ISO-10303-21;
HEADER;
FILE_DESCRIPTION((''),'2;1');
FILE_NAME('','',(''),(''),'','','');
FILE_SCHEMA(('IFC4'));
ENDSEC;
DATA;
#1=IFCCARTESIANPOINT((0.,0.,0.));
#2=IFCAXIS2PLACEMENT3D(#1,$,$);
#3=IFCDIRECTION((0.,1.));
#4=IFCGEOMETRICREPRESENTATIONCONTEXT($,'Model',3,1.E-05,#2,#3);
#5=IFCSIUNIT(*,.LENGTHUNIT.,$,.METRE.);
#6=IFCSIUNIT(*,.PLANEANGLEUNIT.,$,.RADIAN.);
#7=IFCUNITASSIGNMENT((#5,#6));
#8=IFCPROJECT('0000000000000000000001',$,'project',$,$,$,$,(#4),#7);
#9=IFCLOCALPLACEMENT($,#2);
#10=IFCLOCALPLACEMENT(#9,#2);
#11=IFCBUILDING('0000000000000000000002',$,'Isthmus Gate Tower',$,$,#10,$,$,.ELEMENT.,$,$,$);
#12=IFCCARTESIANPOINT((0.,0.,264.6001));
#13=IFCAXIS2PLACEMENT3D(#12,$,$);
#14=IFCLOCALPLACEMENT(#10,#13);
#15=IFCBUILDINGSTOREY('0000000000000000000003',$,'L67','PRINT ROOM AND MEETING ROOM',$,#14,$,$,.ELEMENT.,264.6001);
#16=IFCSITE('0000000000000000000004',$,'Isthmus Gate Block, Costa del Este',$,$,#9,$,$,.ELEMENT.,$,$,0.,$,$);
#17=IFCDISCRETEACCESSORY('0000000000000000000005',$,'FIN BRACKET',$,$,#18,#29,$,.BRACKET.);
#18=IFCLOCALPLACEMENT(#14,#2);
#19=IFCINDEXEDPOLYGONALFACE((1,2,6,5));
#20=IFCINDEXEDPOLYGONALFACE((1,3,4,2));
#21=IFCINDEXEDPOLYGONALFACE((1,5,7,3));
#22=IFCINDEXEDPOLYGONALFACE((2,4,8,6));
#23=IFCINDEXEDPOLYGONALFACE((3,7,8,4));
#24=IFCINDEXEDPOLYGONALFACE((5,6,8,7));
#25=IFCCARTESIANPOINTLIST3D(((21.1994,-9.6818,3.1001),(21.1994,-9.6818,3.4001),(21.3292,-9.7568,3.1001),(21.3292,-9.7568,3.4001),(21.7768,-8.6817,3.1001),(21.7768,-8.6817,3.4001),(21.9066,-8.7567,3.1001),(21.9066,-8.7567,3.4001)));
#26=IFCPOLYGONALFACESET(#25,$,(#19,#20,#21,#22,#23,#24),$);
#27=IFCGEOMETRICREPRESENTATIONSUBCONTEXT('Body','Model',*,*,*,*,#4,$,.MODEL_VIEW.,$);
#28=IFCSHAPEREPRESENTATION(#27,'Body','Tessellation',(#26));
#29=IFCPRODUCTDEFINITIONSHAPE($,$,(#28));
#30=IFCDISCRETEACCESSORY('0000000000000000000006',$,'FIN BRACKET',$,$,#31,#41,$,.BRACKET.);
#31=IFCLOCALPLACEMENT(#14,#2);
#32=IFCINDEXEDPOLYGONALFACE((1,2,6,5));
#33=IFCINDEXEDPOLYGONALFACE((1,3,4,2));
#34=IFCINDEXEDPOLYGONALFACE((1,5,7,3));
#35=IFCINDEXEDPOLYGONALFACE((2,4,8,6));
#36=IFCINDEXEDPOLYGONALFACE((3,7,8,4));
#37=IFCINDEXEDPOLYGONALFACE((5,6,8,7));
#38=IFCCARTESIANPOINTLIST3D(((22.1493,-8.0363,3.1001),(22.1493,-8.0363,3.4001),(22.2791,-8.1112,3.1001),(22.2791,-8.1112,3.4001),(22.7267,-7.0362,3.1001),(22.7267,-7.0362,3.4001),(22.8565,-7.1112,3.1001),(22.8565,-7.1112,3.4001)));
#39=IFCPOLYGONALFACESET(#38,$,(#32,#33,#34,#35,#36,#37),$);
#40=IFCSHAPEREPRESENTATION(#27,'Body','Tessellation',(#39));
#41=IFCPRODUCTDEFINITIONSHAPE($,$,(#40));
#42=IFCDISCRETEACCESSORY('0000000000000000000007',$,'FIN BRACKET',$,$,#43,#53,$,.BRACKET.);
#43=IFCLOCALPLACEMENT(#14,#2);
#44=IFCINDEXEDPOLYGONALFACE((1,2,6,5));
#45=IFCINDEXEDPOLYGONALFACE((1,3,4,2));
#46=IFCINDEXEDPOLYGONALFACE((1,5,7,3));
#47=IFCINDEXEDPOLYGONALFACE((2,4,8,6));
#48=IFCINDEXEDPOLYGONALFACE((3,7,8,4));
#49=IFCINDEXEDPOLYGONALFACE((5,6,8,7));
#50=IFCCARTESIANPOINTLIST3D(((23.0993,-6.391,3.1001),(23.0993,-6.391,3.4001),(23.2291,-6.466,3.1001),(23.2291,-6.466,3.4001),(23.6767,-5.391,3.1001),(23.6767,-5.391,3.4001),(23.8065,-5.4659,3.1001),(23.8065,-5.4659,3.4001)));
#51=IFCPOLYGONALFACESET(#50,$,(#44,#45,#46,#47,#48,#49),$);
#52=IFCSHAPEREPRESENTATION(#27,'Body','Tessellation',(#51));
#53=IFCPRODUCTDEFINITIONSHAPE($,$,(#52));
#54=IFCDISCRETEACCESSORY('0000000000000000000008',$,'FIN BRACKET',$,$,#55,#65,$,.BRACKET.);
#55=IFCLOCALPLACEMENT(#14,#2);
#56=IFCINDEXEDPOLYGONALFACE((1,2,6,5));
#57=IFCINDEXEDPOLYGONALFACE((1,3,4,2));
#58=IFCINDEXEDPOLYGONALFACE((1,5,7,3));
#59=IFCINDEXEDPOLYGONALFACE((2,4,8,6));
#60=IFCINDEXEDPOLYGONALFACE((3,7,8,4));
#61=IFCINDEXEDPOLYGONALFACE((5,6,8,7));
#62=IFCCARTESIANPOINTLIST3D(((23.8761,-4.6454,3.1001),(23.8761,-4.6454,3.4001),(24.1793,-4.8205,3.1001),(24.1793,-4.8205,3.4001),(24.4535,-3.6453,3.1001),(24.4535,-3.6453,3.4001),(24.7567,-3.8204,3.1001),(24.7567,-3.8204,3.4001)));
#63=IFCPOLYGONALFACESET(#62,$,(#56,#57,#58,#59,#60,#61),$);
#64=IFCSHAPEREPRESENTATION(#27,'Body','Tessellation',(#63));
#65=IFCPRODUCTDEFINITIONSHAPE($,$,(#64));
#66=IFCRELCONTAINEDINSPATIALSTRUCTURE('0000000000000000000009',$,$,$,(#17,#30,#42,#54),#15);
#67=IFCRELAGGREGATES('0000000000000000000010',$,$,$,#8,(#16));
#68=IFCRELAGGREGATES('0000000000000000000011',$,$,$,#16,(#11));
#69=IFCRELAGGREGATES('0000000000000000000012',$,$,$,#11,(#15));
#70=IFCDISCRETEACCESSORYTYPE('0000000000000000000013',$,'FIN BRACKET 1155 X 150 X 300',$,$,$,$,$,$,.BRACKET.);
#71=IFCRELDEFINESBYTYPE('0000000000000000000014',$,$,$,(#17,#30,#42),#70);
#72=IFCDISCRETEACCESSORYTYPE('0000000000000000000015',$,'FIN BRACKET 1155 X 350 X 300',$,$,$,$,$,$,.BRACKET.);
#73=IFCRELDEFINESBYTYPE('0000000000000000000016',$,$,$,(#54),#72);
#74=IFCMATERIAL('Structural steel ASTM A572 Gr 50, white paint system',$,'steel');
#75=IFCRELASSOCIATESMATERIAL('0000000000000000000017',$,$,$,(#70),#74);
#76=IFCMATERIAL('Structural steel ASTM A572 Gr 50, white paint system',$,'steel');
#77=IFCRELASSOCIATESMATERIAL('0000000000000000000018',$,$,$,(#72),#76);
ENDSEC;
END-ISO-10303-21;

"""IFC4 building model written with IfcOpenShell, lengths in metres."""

from ifc_helpers import new_model, si_unit, direction, frame, origin, origin_2d, place, context, subcontext, project, spatial, rectangle, extrude, material, type_object, element, save


model = new_model("IFC4")

# Units and contexts
model_context = context("Model", 3, precision=1e-05, world=origin(), true_north=direction((0.0, 1.0)))
body_context = subcontext(model_context, "Body", "Model", "MODEL_VIEW")
ifc_project = project(units=[si_unit("LENGTHUNIT", "METRE"), si_unit("PLANEANGLEUNIT", "RADIAN")], contexts=[model_context])

# Site, building, storey
site_placement = place(None, origin())
site = spatial("IfcSite", under=ifc_project, at=site_placement, Name="Isthmus Gate Block, Costa del Este", CompositionType="ELEMENT", RefElevation=0.0)
building_placement = place(site_placement, origin())
building = spatial("IfcBuilding", under=site, at=building_placement, Name="Isthmus Gate Tower", CompositionType="ELEMENT")
storey_placement = place(building_placement, frame((0.0, 0.0, 264.6001)))
storey = spatial("IfcBuildingStorey", under=building, at=storey_placement, Name="L67", Description="PRINT ROOM AND MEETING ROOM", CompositionType="ELEMENT", Elevation=264.6001)

# Discrete accessories
ifc_material_1 = material(Name="Structural steel ASTM A572 Gr 50, white paint system", Category="steel")
discrete_accessory_type_1 = type_object("IfcDiscreteAccessoryType", Name="FIN BRACKET 1155 X 150 X 300", PredefinedType="BRACKET", material=ifc_material_1)
for number, where, z_axis, x_axis, name in (
    (1, (21.553, -9.2192, 3.1001), (0.0, 0.0, 1.0), (0.866025, -0.5, 0.0), "FIN BRACKET"),
    (2, (22.5029, -7.5737, 3.1001), (0.0, 0.0, 1.0), (0.866025, -0.5, 0.0), "FIN BRACKET"),
    (3, (23.4529, -5.9285, 3.1001), (0.0, 0.0, 1.0), (0.866025, -0.5, 0.0), "FIN BRACKET"),
):
    element("IfcDiscreteAccessory", number, at=place(storey_placement, frame(where, z_axis=z_axis, x_axis=x_axis)), inside=storey, type_object=discrete_accessory_type_1, Name=name, PredefinedType="BRACKET", context=body_context, shape_type="SweptSolid", body=[
        extrude(rectangle(XDim=0.1499, YDim=1.1548, at=origin_2d()), origin(), (0.0, 0.0, 1.0), 0.3),
    ])
ifc_material_2 = material(Name="Structural steel ASTM A572 Gr 50, white paint system", Category="steel")
discrete_accessory_type_2 = type_object("IfcDiscreteAccessoryType", Name="FIN BRACKET 1155 X 350 X 300", PredefinedType="BRACKET", material=ifc_material_2)
discrete_accessory_placement = place(storey_placement, frame((24.3164, -4.2329, 3.1001), z_axis=(0.0, 0.0, 1.0), x_axis=(0.866025, -0.5, 0.0)))
element("IfcDiscreteAccessory", 4, at=discrete_accessory_placement, inside=storey, type_object=discrete_accessory_type_2, Name="FIN BRACKET", PredefinedType="BRACKET", context=body_context, shape_type="SweptSolid", body=[
    extrude(rectangle(XDim=0.3501, YDim=1.1548, at=origin_2d()), origin(), (0.0, 0.0, 1.0), 0.3),
])

save(model, "model.ifc")
